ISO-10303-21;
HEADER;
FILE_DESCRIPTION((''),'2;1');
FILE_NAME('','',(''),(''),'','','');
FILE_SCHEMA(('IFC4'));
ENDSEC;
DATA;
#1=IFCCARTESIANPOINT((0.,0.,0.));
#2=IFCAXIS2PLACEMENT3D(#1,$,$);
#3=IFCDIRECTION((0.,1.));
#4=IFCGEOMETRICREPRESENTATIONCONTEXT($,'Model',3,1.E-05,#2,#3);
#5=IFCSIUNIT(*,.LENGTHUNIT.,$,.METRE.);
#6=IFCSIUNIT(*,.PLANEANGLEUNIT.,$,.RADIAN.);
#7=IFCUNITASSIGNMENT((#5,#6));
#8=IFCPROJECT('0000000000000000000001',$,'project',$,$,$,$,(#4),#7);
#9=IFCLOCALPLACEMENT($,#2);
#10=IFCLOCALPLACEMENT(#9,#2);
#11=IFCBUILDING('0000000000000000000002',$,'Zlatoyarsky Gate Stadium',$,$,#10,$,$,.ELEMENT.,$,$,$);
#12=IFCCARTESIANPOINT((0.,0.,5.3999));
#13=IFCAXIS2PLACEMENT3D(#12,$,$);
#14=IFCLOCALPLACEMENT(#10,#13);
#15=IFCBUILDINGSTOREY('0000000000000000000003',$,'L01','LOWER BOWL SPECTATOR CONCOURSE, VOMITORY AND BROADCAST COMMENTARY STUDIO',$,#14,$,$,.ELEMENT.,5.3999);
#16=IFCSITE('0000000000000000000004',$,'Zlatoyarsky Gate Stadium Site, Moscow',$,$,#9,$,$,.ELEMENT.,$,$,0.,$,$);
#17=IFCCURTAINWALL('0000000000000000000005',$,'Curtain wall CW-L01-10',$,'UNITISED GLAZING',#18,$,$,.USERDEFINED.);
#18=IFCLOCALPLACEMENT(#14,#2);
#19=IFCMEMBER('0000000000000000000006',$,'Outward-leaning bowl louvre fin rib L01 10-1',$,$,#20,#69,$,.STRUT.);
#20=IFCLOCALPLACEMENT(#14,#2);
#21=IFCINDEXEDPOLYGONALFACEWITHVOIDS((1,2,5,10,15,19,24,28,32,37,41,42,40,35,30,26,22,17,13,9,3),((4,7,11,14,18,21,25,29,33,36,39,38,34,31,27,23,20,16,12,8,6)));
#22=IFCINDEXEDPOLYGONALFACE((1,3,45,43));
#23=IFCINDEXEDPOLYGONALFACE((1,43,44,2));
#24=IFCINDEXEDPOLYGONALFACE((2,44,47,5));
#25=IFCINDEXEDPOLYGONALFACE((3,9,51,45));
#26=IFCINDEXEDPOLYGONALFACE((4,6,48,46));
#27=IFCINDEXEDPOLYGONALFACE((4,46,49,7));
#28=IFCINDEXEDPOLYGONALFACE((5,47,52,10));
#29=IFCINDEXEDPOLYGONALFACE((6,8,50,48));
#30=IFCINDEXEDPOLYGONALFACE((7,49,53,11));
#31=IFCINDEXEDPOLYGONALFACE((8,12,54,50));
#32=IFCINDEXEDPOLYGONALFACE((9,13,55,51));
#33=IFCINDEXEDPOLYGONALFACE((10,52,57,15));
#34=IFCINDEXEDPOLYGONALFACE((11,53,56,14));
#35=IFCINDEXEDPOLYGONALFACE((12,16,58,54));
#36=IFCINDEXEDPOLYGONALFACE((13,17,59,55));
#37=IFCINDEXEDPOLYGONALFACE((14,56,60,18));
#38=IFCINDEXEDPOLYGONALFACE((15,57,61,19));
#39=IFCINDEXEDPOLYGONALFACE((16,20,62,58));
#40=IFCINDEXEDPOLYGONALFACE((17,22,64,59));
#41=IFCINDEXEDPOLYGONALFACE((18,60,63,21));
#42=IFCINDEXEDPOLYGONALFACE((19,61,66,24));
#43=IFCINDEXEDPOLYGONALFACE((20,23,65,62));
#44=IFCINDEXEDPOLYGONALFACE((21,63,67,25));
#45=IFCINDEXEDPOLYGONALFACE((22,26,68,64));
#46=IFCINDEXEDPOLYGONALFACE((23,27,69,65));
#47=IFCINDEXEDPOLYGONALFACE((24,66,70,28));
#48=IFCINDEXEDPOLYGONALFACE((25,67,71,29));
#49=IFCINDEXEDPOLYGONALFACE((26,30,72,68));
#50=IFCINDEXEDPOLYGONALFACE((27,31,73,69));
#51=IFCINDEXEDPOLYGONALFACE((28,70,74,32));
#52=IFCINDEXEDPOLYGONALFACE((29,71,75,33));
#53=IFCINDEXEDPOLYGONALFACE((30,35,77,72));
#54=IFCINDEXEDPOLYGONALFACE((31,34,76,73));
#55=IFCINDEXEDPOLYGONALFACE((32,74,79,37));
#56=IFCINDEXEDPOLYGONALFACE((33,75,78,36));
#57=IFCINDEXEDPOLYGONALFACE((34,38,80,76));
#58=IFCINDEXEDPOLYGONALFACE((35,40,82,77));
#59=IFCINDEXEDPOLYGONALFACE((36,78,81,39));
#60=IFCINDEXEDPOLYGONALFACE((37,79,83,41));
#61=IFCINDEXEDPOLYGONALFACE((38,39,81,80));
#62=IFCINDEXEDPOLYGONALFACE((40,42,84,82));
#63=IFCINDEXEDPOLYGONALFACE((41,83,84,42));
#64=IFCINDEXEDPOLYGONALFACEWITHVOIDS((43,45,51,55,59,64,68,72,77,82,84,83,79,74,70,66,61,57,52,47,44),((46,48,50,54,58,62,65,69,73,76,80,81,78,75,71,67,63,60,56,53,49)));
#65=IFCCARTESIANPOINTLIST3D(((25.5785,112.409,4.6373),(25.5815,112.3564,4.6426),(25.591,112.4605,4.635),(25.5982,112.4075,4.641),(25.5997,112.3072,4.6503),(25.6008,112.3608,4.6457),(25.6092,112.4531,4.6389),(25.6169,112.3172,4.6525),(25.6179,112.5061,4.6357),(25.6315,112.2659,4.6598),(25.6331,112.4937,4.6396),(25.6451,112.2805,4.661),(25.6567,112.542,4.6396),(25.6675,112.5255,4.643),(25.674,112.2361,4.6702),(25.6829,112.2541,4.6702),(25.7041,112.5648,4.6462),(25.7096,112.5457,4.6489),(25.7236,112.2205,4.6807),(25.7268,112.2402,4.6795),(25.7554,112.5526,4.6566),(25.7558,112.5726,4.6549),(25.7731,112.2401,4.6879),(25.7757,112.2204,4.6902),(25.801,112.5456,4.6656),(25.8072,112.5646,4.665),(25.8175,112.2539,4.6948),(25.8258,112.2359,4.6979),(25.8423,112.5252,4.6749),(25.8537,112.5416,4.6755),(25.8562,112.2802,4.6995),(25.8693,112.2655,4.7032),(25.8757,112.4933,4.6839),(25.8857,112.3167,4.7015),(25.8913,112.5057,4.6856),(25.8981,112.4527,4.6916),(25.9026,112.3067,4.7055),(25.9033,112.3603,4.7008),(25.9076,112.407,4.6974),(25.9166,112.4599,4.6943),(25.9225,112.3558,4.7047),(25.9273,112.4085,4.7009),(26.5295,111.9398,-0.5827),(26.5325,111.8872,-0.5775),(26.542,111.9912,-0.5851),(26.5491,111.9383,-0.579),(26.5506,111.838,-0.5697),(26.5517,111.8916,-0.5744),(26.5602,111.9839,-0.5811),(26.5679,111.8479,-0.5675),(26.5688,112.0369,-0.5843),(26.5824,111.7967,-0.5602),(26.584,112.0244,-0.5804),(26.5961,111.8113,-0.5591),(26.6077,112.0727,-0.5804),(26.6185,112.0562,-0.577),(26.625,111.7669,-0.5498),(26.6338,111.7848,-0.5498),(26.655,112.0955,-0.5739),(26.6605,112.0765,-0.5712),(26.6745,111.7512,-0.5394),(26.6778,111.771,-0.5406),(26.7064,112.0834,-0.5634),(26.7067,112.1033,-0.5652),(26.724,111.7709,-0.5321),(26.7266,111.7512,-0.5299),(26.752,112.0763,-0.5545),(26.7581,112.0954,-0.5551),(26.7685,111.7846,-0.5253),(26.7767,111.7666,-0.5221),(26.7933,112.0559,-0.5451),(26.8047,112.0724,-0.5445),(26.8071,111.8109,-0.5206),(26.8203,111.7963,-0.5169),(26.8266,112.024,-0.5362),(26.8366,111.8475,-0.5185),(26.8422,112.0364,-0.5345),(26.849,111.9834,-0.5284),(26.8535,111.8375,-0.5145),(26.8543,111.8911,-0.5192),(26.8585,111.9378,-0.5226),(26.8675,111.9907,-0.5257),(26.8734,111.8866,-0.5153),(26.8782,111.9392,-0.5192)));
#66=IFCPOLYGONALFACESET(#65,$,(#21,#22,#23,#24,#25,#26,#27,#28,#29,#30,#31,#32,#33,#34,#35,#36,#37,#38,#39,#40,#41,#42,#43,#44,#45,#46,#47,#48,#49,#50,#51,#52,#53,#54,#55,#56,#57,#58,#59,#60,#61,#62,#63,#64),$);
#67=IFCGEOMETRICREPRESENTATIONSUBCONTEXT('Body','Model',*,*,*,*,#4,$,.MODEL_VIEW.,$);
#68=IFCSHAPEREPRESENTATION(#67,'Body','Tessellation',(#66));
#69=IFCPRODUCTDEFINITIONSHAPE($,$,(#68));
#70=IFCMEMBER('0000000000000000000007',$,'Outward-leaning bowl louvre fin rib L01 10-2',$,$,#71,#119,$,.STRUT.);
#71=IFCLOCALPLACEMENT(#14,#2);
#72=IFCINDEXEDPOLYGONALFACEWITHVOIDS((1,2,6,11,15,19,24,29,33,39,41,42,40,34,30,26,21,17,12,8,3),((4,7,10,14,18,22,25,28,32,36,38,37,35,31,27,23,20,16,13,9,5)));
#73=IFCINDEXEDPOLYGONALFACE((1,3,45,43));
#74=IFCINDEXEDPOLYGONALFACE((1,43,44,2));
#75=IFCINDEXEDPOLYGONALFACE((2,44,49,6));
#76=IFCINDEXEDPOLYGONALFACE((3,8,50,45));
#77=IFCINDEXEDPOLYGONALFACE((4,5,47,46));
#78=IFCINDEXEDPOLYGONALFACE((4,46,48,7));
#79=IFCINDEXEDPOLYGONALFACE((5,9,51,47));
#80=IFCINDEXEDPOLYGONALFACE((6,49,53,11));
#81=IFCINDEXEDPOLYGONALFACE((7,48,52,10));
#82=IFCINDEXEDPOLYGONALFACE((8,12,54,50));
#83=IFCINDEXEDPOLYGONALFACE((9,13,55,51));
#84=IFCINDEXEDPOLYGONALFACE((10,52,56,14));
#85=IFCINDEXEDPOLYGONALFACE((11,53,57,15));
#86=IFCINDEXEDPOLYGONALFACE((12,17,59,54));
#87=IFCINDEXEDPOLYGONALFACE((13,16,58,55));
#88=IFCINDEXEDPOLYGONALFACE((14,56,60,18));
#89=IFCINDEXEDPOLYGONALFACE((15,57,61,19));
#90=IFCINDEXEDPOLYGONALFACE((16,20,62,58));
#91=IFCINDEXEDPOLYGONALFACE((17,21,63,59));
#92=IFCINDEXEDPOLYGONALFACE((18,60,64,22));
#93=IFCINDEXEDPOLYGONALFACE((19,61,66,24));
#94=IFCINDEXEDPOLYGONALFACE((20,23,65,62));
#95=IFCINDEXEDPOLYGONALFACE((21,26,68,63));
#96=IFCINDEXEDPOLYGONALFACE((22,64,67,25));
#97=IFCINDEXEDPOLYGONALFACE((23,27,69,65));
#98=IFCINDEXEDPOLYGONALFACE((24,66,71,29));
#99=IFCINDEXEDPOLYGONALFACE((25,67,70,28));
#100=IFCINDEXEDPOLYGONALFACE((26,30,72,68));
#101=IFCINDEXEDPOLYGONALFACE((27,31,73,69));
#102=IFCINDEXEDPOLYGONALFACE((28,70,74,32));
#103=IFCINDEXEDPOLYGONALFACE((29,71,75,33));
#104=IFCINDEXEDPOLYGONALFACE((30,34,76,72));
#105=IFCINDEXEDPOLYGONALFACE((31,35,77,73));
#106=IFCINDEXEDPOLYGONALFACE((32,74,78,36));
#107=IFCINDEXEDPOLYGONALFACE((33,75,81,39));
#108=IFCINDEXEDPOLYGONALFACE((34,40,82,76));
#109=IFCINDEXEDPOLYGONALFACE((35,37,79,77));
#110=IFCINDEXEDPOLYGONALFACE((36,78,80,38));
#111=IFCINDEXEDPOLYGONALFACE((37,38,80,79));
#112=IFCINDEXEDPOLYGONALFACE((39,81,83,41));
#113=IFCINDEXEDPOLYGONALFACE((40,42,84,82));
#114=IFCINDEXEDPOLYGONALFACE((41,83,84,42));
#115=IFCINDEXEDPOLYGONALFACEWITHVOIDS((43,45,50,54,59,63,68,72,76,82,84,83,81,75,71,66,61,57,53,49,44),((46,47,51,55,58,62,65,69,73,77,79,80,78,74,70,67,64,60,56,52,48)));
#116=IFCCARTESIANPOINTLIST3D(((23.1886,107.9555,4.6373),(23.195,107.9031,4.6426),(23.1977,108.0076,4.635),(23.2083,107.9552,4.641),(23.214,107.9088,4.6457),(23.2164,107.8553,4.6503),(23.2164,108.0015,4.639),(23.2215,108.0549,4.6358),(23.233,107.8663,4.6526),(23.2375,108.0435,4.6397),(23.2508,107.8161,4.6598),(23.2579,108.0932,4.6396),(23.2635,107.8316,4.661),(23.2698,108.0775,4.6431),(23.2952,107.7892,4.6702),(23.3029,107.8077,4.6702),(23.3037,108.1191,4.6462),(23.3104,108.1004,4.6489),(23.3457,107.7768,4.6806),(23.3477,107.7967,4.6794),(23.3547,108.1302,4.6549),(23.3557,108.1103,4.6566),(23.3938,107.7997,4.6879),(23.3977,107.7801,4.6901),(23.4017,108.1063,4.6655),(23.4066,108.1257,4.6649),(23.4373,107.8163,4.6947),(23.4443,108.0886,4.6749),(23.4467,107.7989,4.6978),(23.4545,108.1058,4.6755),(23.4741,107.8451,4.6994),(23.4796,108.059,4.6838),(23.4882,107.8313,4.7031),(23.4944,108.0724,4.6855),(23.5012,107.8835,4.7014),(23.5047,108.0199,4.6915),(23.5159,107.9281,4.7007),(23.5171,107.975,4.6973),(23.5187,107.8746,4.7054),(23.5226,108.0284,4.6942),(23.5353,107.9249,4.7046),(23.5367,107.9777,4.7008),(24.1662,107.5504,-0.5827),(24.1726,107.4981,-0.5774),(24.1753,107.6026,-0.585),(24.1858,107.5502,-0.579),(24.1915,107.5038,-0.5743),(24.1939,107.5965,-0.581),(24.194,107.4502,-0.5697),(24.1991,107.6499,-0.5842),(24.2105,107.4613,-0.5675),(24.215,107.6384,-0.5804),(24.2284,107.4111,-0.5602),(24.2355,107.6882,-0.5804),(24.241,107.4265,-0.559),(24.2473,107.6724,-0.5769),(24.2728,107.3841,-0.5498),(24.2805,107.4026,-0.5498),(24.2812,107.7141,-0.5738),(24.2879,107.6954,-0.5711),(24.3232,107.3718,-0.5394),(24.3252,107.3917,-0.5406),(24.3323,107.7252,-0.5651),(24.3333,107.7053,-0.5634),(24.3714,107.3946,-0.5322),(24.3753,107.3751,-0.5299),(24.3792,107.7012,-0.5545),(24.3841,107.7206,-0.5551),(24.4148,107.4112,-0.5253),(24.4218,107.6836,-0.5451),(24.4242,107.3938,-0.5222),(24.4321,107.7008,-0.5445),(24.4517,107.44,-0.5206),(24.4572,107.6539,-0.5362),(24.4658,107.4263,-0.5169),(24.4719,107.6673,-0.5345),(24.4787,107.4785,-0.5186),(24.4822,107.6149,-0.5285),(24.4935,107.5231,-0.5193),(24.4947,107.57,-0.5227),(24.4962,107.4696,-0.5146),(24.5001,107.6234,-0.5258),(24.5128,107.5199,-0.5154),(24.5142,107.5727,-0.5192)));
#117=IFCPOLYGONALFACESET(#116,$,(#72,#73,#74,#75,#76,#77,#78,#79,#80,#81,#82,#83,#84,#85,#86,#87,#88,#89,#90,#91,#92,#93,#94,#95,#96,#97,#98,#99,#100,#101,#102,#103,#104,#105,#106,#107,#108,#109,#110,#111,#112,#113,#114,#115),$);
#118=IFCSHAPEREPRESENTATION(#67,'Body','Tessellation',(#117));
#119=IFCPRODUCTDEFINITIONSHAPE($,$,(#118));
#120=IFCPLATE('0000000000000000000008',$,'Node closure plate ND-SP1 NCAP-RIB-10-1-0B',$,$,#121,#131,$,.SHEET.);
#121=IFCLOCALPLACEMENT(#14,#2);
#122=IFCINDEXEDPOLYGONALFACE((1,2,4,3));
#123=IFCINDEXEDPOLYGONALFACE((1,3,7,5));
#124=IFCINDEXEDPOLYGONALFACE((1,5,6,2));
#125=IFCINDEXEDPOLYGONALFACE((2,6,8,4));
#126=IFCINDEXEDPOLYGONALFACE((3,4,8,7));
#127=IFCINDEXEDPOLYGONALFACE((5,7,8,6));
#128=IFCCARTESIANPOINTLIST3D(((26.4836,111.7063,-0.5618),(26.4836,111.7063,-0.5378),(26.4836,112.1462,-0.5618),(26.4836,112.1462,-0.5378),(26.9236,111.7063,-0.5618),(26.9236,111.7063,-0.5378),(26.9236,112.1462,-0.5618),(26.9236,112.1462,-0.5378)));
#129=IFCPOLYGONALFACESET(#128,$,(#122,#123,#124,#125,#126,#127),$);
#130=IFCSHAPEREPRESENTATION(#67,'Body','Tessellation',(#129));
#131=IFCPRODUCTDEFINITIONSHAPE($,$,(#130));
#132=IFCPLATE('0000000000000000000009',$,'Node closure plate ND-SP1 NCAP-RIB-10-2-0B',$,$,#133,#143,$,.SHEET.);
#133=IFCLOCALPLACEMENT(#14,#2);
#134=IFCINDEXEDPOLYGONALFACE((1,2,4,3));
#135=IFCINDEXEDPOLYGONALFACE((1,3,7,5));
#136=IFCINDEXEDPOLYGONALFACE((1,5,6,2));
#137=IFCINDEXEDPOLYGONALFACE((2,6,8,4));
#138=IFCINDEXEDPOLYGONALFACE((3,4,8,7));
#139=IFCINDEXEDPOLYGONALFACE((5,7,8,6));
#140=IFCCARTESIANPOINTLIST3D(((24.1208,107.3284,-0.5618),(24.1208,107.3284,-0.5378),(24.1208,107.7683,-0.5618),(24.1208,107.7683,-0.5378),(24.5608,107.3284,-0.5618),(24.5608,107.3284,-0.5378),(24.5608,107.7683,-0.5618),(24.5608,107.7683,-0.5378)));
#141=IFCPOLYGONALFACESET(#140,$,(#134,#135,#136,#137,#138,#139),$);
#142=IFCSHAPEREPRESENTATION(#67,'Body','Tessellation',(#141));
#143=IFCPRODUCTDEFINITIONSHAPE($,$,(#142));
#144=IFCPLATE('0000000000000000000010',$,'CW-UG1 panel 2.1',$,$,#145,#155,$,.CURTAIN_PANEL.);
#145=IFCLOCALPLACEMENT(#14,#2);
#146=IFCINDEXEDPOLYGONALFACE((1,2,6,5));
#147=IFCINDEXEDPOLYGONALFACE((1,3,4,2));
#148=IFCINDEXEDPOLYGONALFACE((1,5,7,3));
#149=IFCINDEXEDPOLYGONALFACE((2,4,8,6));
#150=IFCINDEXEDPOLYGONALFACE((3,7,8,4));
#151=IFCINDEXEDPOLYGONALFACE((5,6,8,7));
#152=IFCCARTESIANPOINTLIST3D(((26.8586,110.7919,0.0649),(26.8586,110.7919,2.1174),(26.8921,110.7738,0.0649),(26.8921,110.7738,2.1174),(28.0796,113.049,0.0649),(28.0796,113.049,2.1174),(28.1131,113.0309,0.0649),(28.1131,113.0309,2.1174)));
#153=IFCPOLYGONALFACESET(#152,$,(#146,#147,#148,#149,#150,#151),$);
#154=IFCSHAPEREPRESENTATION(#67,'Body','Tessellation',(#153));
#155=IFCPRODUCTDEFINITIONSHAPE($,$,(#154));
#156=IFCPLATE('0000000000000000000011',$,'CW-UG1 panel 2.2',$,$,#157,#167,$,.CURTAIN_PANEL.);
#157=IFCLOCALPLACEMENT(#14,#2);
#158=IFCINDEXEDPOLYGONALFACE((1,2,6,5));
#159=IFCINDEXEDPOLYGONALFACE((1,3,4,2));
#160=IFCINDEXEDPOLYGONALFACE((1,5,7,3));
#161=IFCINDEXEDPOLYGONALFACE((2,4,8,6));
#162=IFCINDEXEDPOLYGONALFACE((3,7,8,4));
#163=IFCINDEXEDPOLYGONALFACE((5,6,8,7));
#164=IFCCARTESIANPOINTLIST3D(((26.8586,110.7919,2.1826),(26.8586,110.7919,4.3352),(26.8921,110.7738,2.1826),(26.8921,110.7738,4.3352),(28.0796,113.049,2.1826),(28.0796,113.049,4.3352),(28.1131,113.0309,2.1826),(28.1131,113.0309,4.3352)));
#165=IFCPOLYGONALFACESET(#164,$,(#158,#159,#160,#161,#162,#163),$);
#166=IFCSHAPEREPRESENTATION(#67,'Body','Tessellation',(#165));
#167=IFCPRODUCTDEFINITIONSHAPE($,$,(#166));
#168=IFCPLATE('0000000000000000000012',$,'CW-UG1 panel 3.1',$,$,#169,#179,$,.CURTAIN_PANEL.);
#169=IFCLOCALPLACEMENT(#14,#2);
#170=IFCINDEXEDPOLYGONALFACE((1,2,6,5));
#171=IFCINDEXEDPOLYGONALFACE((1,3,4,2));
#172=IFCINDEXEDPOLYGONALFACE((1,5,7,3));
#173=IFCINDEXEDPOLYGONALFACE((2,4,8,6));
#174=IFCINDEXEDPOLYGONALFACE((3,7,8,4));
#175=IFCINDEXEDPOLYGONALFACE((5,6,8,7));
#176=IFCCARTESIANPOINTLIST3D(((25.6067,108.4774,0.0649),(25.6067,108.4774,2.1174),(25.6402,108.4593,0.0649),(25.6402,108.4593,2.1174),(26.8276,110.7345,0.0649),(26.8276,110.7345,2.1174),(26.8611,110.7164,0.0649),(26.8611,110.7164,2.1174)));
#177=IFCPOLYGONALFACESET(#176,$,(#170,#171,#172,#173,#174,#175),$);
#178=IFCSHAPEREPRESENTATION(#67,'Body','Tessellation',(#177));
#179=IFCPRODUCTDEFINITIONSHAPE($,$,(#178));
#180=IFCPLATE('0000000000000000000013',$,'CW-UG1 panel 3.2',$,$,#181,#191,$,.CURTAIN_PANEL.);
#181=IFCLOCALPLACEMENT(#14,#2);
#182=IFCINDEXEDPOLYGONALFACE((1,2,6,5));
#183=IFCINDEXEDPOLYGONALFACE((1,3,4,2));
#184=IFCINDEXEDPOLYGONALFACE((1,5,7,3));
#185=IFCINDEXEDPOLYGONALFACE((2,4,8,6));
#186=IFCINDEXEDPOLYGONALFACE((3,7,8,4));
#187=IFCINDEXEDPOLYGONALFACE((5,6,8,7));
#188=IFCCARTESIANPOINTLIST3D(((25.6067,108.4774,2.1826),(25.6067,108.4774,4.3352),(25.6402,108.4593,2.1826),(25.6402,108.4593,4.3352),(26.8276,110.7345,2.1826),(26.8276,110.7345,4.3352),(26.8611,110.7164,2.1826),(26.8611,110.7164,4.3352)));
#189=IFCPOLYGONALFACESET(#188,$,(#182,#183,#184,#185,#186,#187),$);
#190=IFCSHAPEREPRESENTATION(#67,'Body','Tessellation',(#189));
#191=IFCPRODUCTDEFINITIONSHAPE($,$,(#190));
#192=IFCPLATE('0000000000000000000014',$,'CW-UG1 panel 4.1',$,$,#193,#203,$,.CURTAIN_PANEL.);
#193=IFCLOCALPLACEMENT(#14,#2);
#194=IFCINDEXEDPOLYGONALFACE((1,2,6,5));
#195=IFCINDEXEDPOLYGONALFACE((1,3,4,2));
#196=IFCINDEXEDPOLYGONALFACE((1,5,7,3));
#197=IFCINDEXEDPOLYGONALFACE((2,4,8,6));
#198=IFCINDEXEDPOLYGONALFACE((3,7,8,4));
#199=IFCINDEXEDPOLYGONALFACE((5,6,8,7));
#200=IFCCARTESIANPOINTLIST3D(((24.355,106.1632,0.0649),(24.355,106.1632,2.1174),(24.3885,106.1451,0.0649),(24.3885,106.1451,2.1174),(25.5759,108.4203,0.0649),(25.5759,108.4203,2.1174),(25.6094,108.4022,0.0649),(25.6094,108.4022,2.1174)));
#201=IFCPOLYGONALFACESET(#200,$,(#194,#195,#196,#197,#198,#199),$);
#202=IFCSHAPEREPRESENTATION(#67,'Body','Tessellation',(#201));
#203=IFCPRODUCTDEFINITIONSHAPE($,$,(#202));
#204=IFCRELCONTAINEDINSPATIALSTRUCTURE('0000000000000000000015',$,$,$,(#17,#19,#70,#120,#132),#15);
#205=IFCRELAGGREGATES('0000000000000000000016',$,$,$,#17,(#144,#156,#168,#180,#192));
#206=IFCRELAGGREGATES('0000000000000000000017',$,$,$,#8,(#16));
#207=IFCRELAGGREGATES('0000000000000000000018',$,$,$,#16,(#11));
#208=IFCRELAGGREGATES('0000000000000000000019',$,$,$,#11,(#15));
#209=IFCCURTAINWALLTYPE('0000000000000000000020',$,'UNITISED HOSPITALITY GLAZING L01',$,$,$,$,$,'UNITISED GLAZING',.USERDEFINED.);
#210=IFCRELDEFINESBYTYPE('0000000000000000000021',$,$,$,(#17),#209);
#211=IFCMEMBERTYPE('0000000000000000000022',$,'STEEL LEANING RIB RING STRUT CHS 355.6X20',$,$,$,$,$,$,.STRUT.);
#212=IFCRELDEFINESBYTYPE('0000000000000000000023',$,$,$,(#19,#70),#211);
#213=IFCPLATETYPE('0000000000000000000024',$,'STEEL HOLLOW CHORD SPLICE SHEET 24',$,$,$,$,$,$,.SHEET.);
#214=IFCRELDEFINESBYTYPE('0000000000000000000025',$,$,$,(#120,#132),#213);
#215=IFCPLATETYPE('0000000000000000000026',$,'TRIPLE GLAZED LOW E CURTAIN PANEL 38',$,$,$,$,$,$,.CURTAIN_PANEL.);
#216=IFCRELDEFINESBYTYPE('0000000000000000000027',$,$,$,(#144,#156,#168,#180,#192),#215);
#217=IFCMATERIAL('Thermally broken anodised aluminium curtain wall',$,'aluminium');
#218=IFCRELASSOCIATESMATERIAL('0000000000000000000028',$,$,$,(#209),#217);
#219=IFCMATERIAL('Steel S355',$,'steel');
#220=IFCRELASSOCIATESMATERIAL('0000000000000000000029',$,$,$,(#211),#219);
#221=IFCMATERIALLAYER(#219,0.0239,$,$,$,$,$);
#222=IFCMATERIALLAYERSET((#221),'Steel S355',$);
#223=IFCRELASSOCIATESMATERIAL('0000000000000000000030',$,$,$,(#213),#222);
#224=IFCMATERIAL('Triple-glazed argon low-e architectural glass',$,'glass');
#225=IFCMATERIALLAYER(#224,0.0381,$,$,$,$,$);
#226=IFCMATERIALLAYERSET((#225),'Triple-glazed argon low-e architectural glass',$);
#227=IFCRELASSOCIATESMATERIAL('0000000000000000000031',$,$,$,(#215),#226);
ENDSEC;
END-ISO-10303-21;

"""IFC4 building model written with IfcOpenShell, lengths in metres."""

from ifc_helpers import new_model, si_unit, direction, frame, origin, origin_2d, place, context, subcontext, project, spatial, rectangle, hollow_circle, extrude, material, layer, layer_set, material_profile, profile_set, type_object, element, aggregate, save


model = new_model("IFC4")

# Units and contexts
model_context = context("Model", 3, precision=1e-05, world=origin(), true_north=direction((0.0, 1.0)))
body_context = subcontext(model_context, "Body", "Model", "MODEL_VIEW")
ifc_project = project(units=[si_unit("LENGTHUNIT", "METRE"), si_unit("PLANEANGLEUNIT", "RADIAN")], contexts=[model_context])

# Site, building, storey
site_placement = place(None, origin())
site = spatial("IfcSite", under=ifc_project, at=site_placement, Name="Zlatoyarsky Gate Stadium Site, Moscow", CompositionType="ELEMENT", RefElevation=0.0)
building_placement = place(site_placement, origin())
building = spatial("IfcBuilding", under=site, at=building_placement, Name="Zlatoyarsky Gate Stadium", CompositionType="ELEMENT")
storey_placement = place(building_placement, frame((0.0, 0.0, 5.3999)))
storey = spatial("IfcBuildingStorey", under=building, at=storey_placement, Name="L01", Description="LOWER BOWL SPECTATOR CONCOURSE, VOMITORY AND BROADCAST COMMENTARY STUDIO", CompositionType="ELEMENT", Elevation=5.3999)

# Curtain wall
ifc_material_1 = material(Name="Thermally broken anodised aluminium curtain wall", Category="aluminium")
curtain_wall_type = type_object("IfcCurtainWallType", Name="UNITISED HOSPITALITY GLAZING L01", ElementType="UNITISED GLAZING", PredefinedType="USERDEFINED", material=ifc_material_1)
curtain_wall_placement = place(storey_placement, origin())
curtain_wall = element("IfcCurtainWall", 1, at=curtain_wall_placement, inside=storey, type_object=curtain_wall_type, Name="Curtain wall CW-L01-10", ObjectType="UNITISED GLAZING", PredefinedType="USERDEFINED")

# Members
ifc_material_2 = material(Name="Steel S355", Category="steel")
ifc_material_profile_1 = material_profile(ifc_material_2, hollow_circle(Radius=0.1777, WallThickness=0.02, at=origin_2d()), Name="CHS 355.6X20")
ifc_profile_set_1 = profile_set([ifc_material_profile_1], Name="Steel S355")
member_type_1 = type_object("IfcMemberType", Name="STEEL LEANING RIB RING STRUT CHS 355.6X20", PredefinedType="STRUT", material=ifc_profile_set_1)
member_1_placement = place(storey_placement, frame((26.7036, 111.9263, -0.5498), z_axis=(-0.178525, 0.088094, 0.979984), x_axis=(-0.442511, -0.896763, 0.0)))
element("IfcMember", 2, at=member_1_placement, inside=storey, type_object=member_type_1, Name="Outward-leaning bowl louvre fin rib L01 10-1", PredefinedType="STRUT", context=body_context, shape_type="SweptSolid", body=[
    extrude(hollow_circle(Radius=0.1777, WallThickness=0.02, at=origin_2d()), origin(), (0.0, 0.0, 1.0), 5.3267),
])
member_2_placement = place(storey_placement, frame((24.3408, 107.5483, -0.5498), z_axis=(-0.183536, 0.076046, 0.980067), x_axis=(-0.38278, -0.92384, 0.0)))
element("IfcMember", 3, at=member_2_placement, inside=storey, type_object=member_type_1, Name="Outward-leaning bowl louvre fin rib L01 10-2", PredefinedType="STRUT", context=body_context, shape_type="SweptSolid", body=[
    extrude(hollow_circle(Radius=0.1777, WallThickness=0.02, at=origin_2d()), origin(), (0.0, 0.0, 1.0), 5.3262),
])

# Plates
ifc_layer_1 = layer(ifc_material_2, 0.0239)
ifc_layer_set_1 = layer_set([ifc_layer_1], Name="Steel S355")
plate_type_1 = type_object("IfcPlateType", Name="STEEL HOLLOW CHORD SPLICE SHEET 24", PredefinedType="SHEET", material=ifc_layer_set_1)
for number, where, z_axis, x_axis, name in (
    (4, (26.7036, 111.9263, -0.5618), (0.0, 0.0, 1.0), (1.0, 0.0, 0.0), "Node closure plate ND-SP1 NCAP-RIB-10-1-0B"),
    (5, (24.3408, 107.5483, -0.5618), (0.0, 0.0, 1.0), (1.0, 0.0, 0.0), "Node closure plate ND-SP1 NCAP-RIB-10-2-0B"),
):
    element("IfcPlate", number, at=place(storey_placement, frame(where, z_axis=z_axis, x_axis=x_axis)), inside=storey, type_object=plate_type_1, Name=name, PredefinedType="SHEET", context=body_context, shape_type="SweptSolid", body=[
        extrude(rectangle(XDim=0.4399, YDim=0.4399, at=origin_2d()), origin(), (0.0, 0.0, 1.0), 0.0239),
    ])

# Plates
ifc_material_3 = material(Name="Triple-glazed argon low-e architectural glass", Category="glass")
ifc_layer_2 = layer(ifc_material_3, 0.0381)
ifc_layer_set_2 = layer_set([ifc_layer_2], Name="Triple-glazed argon low-e architectural glass")
plate_type_2 = type_object("IfcPlateType", Name="TRIPLE GLAZED LOW E CURTAIN PANEL 38", PredefinedType="CURTAIN_PANEL", material=ifc_layer_set_2)
plate_1_placement = place(storey_placement, frame((27.4858, 111.9114, 0.0649), z_axis=(0.0, 0.0, 1.0), x_axis=(-0.475784, -0.879562, 0.0)))
plate_1 = element("IfcPlate", 6, at=plate_1_placement, type_object=plate_type_2, Name="CW-UG1 panel 2.1", PredefinedType="CURTAIN_PANEL", context=body_context, shape_type="SweptSolid", body=[
    extrude(rectangle(XDim=2.5662, YDim=0.0381, at=origin_2d()), origin(), (0.0, 0.0, 1.0), 2.0525),
])
plate_2_placement = place(storey_placement, frame((27.4858, 111.9114, 2.1826), z_axis=(0.0, 0.0, 1.0), x_axis=(-0.475784, -0.879562, 0.0)))
plate_2 = element("IfcPlate", 7, at=plate_2_placement, type_object=plate_type_2, Name="CW-UG1 panel 2.2", PredefinedType="CURTAIN_PANEL", context=body_context, shape_type="SweptSolid", body=[
    extrude(rectangle(XDim=2.5662, YDim=0.0381, at=origin_2d()), origin(), (0.0, 0.0, 1.0), 2.1526),
])
plate_3_placement = place(storey_placement, frame((26.2339, 109.5969, 0.0649), z_axis=(0.0, 0.0, 1.0), x_axis=(-0.475784, -0.879562, 0.0)))
plate_3 = element("IfcPlate", 8, at=plate_3_placement, type_object=plate_type_2, Name="CW-UG1 panel 3.1", PredefinedType="CURTAIN_PANEL", context=body_context, shape_type="SweptSolid", body=[
    extrude(rectangle(XDim=2.5662, YDim=0.0381, at=origin_2d()), origin(), (0.0, 0.0, 1.0), 2.0525),
])
plate_4_placement = place(storey_placement, frame((26.2339, 109.5969, 2.1826), z_axis=(0.0, 0.0, 1.0), x_axis=(-0.475784, -0.879562, 0.0)))
plate_4 = element("IfcPlate", 9, at=plate_4_placement, type_object=plate_type_2, Name="CW-UG1 panel 3.2", PredefinedType="CURTAIN_PANEL", context=body_context, shape_type="SweptSolid", body=[
    extrude(rectangle(XDim=2.5662, YDim=0.0381, at=origin_2d()), origin(), (0.0, 0.0, 1.0), 2.1526),
])
plate_5_placement = place(storey_placement, frame((24.9822, 107.2827, 0.0649), z_axis=(0.0, 0.0, 1.0), x_axis=(-0.475784, -0.879562, 0.0)))
plate_5 = element("IfcPlate", 10, at=plate_5_placement, type_object=plate_type_2, Name="CW-UG1 panel 4.1", PredefinedType="CURTAIN_PANEL", context=body_context, shape_type="SweptSolid", body=[
    extrude(rectangle(XDim=2.5662, YDim=0.0381, at=origin_2d()), origin(), (0.0, 0.0, 1.0), 2.0525),
])
aggregate(curtain_wall, [plate_1, plate_2, plate_3, plate_4, plate_5])

save(model, "model.ifc")
